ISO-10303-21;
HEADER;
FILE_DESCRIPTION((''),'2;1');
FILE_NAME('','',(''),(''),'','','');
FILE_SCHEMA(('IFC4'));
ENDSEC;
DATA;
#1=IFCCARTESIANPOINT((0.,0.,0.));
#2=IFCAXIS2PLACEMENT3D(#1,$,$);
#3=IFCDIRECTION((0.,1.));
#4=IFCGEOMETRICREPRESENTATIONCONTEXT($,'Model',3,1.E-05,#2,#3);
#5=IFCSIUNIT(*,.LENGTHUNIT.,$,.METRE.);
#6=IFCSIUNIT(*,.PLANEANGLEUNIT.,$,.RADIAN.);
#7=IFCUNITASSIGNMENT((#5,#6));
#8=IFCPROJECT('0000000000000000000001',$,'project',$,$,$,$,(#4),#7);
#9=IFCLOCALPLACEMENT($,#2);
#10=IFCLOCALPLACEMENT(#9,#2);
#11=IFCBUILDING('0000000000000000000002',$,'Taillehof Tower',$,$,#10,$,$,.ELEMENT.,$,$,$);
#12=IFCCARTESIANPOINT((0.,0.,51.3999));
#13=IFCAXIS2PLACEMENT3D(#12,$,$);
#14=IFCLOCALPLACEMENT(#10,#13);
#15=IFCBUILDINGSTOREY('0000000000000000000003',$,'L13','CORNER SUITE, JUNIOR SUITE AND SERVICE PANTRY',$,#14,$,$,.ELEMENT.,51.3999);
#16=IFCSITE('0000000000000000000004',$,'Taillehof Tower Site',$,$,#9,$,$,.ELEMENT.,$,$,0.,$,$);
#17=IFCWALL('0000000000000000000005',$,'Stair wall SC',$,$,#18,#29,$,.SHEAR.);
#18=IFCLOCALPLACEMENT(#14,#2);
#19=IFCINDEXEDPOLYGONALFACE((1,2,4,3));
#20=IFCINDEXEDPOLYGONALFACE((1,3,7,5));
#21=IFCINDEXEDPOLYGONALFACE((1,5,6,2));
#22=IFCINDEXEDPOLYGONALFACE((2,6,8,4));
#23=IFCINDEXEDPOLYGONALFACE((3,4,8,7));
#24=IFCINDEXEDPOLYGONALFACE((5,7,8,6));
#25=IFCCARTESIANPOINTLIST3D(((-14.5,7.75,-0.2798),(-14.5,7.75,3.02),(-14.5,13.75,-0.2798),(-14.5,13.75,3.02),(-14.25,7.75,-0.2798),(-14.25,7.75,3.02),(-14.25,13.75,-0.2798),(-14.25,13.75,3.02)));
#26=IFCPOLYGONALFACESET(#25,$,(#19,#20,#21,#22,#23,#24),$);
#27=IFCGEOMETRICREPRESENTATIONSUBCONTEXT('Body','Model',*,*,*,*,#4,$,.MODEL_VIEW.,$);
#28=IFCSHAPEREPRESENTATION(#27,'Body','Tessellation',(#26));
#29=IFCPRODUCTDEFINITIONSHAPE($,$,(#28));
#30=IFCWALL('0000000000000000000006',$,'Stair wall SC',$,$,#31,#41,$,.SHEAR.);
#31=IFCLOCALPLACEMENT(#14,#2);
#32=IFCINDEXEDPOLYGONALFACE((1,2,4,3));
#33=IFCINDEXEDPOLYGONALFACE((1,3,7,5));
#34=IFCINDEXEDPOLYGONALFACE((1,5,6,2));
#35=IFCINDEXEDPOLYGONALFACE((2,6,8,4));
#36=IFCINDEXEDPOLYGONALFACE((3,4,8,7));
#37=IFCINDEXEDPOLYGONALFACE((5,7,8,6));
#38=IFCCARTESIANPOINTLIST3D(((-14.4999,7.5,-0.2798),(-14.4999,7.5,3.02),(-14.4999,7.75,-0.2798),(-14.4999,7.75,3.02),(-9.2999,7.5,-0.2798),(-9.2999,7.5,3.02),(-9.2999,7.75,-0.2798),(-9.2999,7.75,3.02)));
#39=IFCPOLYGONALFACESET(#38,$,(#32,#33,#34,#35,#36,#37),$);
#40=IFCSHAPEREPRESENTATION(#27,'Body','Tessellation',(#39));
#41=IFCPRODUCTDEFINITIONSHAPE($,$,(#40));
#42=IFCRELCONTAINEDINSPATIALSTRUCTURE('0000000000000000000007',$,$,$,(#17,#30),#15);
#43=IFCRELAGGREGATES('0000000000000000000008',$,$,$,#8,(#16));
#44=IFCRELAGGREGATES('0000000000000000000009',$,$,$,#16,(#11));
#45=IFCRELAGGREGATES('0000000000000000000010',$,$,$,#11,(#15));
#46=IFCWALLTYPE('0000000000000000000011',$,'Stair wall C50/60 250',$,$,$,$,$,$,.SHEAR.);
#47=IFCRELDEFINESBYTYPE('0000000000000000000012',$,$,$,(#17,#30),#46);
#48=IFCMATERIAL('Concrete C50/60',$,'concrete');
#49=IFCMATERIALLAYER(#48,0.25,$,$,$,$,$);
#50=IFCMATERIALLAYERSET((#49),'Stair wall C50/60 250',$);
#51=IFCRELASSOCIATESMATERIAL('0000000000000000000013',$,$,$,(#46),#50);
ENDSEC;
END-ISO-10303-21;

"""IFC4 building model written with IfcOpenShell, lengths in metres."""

from ifc_helpers import new_model, si_unit, direction, frame, frame_2d, origin, place, context, subcontext, project, spatial, rectangle, extrude, material, layer, layer_set, type_object, element, save


model = new_model("IFC4")

# Units and contexts
model_context = context("Model", 3, precision=1e-05, world=origin(), true_north=direction((0.0, 1.0)))
body_context = subcontext(model_context, "Body", "Model", "MODEL_VIEW")
ifc_project = project(units=[si_unit("LENGTHUNIT", "METRE"), si_unit("PLANEANGLEUNIT", "RADIAN")], contexts=[model_context])

# Site, building, storey
site_placement = place(None, origin())
site = spatial("IfcSite", under=ifc_project, at=site_placement, Name="Taillehof Tower Site", CompositionType="ELEMENT", RefElevation=0.0)
building_placement = place(site_placement, origin())
building = spatial("IfcBuilding", under=site, at=building_placement, Name="Taillehof Tower", CompositionType="ELEMENT")
storey_placement = place(building_placement, frame((0.0, 0.0, 51.3999)))
storey = spatial("IfcBuildingStorey", under=building, at=storey_placement, Name="L13", Description="CORNER SUITE, JUNIOR SUITE AND SERVICE PANTRY", CompositionType="ELEMENT", Elevation=51.3999)

# Walls
ifc_material_1 = material(Name="Concrete C50/60", Category="concrete")
ifc_layer_1 = layer(ifc_material_1, 0.25)
ifc_layer_set_1 = layer_set([ifc_layer_1], Name="Stair wall C50/60 250")
wall_type_1 = type_object("IfcWallType", Name="Stair wall C50/60 250", PredefinedType="SHEAR", material=ifc_layer_set_1)
wall_1_placement = place(storey_placement, frame((-14.375, 7.75, -0.2798), z_axis=(0.0, 0.0, 1.0), x_axis=(0.0, 1.0, 0.0)))
element("IfcWall", 1, at=wall_1_placement, inside=storey, type_object=wall_type_1, Name="Stair wall SC", PredefinedType="SHEAR", context=body_context, shape_type="SweptSolid", body=[
    extrude(rectangle(XDim=6.0, YDim=0.25, at=frame_2d((3.0, 0.0))), origin(), (0.0, 0.0, 1.0), 3.2998),
])
wall_2_placement = place(storey_placement, frame((-14.5, 7.625, -0.2798), z_axis=(0.0, 0.0, 1.0), x_axis=(1.0, 0.0, 0.0)))
element("IfcWall", 2, at=wall_2_placement, inside=storey, type_object=wall_type_1, Name="Stair wall SC", PredefinedType="SHEAR", context=body_context, shape_type="SweptSolid", body=[
    extrude(rectangle(XDim=5.2, YDim=0.25, at=frame_2d((2.6001, 0.0))), origin(), (0.0, 0.0, 1.0), 3.2998),
])

save(model, "model.ifc")
